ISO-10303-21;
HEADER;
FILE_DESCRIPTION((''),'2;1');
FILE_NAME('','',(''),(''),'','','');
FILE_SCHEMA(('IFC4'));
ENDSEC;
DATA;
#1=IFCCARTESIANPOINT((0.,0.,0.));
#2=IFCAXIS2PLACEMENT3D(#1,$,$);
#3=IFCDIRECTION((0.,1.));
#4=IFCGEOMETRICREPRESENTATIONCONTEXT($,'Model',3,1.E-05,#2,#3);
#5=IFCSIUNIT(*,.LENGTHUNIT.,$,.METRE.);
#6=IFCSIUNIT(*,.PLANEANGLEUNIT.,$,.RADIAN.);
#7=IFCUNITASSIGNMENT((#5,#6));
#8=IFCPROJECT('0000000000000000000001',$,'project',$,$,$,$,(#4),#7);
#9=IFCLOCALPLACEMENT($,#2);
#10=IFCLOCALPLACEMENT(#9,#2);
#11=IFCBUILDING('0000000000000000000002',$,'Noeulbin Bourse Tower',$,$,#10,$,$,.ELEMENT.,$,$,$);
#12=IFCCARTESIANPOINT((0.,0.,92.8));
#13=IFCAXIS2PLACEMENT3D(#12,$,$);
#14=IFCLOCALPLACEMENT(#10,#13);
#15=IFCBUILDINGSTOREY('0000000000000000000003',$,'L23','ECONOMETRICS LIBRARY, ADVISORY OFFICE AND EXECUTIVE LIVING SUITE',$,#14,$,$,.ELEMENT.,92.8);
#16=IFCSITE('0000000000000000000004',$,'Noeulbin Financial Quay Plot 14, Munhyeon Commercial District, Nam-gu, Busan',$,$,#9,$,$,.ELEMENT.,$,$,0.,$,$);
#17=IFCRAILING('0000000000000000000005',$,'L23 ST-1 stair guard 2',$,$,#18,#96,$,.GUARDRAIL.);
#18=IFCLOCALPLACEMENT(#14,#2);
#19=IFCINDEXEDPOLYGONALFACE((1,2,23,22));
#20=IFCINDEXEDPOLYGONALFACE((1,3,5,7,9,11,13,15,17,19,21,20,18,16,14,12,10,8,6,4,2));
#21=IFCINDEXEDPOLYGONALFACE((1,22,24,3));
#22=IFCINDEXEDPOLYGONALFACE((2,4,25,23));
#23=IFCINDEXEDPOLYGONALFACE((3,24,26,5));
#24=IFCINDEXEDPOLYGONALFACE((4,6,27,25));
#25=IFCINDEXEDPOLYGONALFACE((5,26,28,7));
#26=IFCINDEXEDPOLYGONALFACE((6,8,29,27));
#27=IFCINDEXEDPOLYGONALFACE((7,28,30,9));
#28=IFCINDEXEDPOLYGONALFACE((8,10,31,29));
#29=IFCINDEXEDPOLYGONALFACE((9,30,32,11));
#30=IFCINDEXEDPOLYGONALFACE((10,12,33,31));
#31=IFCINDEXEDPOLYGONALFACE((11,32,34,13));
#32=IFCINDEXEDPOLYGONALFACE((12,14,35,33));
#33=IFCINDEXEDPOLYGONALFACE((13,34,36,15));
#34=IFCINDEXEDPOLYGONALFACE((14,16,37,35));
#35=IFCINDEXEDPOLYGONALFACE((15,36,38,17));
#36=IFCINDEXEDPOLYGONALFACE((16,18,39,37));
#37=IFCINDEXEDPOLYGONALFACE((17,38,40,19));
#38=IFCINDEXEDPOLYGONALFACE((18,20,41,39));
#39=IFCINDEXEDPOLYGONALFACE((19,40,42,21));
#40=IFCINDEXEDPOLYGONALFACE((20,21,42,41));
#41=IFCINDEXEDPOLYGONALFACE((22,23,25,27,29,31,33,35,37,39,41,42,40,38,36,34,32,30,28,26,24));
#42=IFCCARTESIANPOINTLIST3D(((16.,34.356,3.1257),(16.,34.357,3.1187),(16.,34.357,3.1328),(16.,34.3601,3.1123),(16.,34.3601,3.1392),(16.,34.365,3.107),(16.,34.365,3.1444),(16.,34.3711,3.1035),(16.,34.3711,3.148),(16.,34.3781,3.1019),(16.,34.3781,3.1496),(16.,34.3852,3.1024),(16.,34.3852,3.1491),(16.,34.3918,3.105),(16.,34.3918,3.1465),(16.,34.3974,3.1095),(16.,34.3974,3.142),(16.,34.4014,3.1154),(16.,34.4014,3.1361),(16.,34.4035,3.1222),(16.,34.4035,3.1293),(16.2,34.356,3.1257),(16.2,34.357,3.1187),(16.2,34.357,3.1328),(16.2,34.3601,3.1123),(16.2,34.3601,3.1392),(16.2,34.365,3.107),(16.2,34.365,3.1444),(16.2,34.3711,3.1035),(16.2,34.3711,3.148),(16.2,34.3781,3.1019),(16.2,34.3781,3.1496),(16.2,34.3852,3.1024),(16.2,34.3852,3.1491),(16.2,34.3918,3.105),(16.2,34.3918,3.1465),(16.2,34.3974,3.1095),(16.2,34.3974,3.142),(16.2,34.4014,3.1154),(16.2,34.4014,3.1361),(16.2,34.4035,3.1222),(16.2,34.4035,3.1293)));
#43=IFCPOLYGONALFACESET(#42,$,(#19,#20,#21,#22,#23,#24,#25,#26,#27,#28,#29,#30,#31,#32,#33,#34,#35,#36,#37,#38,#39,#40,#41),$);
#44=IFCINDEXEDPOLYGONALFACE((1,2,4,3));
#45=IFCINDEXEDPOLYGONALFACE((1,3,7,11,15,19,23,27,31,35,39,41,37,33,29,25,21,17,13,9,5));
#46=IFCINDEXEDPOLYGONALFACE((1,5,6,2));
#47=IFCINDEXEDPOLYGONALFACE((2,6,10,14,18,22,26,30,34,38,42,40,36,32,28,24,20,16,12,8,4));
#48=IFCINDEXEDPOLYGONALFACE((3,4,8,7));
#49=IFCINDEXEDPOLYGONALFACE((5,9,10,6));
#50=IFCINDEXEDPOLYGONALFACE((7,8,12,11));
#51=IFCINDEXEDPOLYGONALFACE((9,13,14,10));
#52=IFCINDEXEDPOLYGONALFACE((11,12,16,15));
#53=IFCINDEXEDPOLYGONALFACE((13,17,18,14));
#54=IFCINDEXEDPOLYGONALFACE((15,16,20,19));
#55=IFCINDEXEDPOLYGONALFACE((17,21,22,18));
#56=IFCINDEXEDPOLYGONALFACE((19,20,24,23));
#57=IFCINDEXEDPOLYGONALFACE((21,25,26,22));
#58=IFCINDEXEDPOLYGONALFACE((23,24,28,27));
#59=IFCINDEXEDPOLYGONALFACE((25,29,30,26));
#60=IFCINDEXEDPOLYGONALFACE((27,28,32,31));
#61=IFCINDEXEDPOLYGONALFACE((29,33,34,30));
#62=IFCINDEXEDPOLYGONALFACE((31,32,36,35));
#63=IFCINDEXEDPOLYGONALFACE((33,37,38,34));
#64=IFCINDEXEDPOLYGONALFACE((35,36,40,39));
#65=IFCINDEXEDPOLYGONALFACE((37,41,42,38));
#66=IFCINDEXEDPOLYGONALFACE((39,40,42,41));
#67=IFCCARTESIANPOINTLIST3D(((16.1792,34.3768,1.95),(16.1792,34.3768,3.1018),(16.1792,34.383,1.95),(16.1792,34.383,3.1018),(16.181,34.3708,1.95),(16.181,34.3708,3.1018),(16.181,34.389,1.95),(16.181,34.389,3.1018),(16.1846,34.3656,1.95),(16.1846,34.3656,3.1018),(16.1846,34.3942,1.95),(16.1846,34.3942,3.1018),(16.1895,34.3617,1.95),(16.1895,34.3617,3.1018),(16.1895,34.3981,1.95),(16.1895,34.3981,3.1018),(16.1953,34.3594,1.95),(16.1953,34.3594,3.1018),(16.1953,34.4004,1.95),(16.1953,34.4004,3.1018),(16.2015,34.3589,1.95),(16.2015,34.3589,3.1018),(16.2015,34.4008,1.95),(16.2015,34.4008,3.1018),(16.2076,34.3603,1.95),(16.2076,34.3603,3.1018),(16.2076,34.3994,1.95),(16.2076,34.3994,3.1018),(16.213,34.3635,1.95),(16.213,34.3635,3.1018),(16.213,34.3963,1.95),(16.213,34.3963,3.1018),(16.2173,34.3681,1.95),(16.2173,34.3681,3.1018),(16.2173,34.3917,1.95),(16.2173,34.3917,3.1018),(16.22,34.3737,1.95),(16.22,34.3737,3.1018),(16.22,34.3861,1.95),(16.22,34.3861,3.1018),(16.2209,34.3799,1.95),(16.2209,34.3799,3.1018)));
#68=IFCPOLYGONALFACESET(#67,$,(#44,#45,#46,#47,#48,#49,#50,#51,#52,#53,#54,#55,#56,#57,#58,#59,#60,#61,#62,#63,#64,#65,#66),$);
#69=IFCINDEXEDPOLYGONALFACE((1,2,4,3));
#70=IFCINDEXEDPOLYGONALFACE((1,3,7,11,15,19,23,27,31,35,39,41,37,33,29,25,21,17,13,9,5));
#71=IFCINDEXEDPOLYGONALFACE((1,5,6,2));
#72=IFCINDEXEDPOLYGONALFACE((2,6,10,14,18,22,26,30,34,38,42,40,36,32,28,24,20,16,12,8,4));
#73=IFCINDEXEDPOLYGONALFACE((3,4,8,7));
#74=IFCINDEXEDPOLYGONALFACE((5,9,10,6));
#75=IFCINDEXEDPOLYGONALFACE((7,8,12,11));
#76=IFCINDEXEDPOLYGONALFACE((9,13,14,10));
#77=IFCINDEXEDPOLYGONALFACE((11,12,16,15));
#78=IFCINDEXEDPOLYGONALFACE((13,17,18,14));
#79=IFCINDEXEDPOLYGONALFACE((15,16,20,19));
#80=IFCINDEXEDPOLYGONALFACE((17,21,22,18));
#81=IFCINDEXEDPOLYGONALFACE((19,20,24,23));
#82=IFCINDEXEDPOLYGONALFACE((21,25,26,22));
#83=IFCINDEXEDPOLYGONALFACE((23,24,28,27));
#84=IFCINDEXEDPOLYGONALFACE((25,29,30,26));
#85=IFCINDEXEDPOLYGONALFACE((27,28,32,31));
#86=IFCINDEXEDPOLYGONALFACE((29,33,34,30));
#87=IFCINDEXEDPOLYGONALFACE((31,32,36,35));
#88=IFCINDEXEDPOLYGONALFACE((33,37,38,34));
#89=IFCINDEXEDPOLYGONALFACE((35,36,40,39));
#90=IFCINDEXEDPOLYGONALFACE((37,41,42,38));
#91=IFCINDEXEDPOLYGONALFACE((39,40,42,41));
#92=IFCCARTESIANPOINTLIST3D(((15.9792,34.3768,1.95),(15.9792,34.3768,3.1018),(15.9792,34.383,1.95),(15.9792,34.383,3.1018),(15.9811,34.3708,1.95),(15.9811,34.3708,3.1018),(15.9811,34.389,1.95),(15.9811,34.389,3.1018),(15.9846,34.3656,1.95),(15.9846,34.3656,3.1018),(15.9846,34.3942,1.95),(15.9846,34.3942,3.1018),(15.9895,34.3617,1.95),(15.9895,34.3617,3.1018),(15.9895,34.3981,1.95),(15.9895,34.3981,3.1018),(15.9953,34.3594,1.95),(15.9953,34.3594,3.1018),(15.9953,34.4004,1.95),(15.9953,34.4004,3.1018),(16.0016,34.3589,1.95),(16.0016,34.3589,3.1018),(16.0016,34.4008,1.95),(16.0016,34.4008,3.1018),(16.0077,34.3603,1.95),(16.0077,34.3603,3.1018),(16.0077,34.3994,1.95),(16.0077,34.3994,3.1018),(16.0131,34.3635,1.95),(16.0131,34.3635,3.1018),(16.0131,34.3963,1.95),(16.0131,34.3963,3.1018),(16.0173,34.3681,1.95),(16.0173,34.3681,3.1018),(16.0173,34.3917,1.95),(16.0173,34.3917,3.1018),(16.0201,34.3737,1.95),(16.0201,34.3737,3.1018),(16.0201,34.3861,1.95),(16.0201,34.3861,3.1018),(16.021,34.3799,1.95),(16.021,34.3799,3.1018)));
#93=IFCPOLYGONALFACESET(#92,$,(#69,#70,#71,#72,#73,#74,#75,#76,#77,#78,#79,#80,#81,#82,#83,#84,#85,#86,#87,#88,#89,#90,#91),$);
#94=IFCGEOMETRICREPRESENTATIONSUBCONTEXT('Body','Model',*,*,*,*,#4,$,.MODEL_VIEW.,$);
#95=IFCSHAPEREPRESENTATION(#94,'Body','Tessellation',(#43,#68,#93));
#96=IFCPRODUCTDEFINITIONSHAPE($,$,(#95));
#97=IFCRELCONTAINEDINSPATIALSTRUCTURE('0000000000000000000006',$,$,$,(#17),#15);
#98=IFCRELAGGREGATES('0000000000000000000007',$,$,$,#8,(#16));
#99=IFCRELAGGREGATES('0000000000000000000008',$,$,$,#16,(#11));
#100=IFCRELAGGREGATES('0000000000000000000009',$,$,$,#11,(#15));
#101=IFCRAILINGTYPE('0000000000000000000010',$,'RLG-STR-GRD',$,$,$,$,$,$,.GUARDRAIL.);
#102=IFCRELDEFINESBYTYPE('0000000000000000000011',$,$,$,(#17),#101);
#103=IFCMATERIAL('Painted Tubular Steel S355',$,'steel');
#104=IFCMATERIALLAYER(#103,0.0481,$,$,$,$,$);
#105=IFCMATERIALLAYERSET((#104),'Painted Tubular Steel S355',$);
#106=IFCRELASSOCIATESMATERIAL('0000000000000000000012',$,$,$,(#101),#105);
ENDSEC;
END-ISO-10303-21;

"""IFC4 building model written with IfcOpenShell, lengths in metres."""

from ifc_helpers import new_model, si_unit, direction, frame, origin, origin_2d, place, context, subcontext, project, spatial, circle, extrude, material, layer, layer_set, type_object, element, save


model = new_model("IFC4")

# Units and contexts
model_context = context("Model", 3, precision=1e-05, world=origin(), true_north=direction((0.0, 1.0)))
body_context = subcontext(model_context, "Body", "Model", "MODEL_VIEW")
ifc_project = project(units=[si_unit("LENGTHUNIT", "METRE"), si_unit("PLANEANGLEUNIT", "RADIAN")], contexts=[model_context])

# Site, building, storey
site_placement = place(None, origin())
site = spatial("IfcSite", under=ifc_project, at=site_placement, Name="Noeulbin Financial Quay Plot 14, Munhyeon Commercial District, Nam-gu, Busan", CompositionType="ELEMENT", RefElevation=0.0)
building_placement = place(site_placement, origin())
building = spatial("IfcBuilding", under=site, at=building_placement, Name="Noeulbin Bourse Tower", CompositionType="ELEMENT")
storey_placement = place(building_placement, frame((0.0, 0.0, 92.8)))
storey = spatial("IfcBuildingStorey", under=building, at=storey_placement, Name="L23", Description="ECONOMETRICS LIBRARY, ADVISORY OFFICE AND EXECUTIVE LIVING SUITE", CompositionType="ELEMENT", Elevation=92.8)

# Railing
ifc_material_1 = material(Name="Painted Tubular Steel S355", Category="steel")
ifc_layer_1 = layer(ifc_material_1, 0.0481)
ifc_layer_set_1 = layer_set([ifc_layer_1], Name="Painted Tubular Steel S355")
railing_type_1 = type_object("IfcRailingType", Name="RLG-STR-GRD", PredefinedType="GUARDRAIL", material=ifc_layer_set_1)
railing_1_placement = place(storey_placement, frame((16.2, 34.3799, 1.95)))
element("IfcRailing", 1, at=railing_1_placement, inside=storey, type_object=railing_type_1, Name="L23 ST-1 stair guard 2", PredefinedType="GUARDRAIL", context=body_context, shape_type="SweptSolid", body=[
    extrude(circle(Radius=0.0239, at=origin_2d()), frame((0.0, 0.0, 1.1758), z_axis=(-1.0, 0.0, 0.0), x_axis=(0.0, -1.0, 0.0)), (0.0, 0.0, 1.0), 0.2),
    extrude(circle(Radius=0.021, at=origin_2d()), origin(), (0.0, 0.0, 1.0), 1.1519),
    extrude(circle(Radius=0.021, at=origin_2d()), frame((-0.2, 0.0, 0.0)), (0.0, 0.0, 1.0), 1.1519),
])

save(model, "model.ifc")
